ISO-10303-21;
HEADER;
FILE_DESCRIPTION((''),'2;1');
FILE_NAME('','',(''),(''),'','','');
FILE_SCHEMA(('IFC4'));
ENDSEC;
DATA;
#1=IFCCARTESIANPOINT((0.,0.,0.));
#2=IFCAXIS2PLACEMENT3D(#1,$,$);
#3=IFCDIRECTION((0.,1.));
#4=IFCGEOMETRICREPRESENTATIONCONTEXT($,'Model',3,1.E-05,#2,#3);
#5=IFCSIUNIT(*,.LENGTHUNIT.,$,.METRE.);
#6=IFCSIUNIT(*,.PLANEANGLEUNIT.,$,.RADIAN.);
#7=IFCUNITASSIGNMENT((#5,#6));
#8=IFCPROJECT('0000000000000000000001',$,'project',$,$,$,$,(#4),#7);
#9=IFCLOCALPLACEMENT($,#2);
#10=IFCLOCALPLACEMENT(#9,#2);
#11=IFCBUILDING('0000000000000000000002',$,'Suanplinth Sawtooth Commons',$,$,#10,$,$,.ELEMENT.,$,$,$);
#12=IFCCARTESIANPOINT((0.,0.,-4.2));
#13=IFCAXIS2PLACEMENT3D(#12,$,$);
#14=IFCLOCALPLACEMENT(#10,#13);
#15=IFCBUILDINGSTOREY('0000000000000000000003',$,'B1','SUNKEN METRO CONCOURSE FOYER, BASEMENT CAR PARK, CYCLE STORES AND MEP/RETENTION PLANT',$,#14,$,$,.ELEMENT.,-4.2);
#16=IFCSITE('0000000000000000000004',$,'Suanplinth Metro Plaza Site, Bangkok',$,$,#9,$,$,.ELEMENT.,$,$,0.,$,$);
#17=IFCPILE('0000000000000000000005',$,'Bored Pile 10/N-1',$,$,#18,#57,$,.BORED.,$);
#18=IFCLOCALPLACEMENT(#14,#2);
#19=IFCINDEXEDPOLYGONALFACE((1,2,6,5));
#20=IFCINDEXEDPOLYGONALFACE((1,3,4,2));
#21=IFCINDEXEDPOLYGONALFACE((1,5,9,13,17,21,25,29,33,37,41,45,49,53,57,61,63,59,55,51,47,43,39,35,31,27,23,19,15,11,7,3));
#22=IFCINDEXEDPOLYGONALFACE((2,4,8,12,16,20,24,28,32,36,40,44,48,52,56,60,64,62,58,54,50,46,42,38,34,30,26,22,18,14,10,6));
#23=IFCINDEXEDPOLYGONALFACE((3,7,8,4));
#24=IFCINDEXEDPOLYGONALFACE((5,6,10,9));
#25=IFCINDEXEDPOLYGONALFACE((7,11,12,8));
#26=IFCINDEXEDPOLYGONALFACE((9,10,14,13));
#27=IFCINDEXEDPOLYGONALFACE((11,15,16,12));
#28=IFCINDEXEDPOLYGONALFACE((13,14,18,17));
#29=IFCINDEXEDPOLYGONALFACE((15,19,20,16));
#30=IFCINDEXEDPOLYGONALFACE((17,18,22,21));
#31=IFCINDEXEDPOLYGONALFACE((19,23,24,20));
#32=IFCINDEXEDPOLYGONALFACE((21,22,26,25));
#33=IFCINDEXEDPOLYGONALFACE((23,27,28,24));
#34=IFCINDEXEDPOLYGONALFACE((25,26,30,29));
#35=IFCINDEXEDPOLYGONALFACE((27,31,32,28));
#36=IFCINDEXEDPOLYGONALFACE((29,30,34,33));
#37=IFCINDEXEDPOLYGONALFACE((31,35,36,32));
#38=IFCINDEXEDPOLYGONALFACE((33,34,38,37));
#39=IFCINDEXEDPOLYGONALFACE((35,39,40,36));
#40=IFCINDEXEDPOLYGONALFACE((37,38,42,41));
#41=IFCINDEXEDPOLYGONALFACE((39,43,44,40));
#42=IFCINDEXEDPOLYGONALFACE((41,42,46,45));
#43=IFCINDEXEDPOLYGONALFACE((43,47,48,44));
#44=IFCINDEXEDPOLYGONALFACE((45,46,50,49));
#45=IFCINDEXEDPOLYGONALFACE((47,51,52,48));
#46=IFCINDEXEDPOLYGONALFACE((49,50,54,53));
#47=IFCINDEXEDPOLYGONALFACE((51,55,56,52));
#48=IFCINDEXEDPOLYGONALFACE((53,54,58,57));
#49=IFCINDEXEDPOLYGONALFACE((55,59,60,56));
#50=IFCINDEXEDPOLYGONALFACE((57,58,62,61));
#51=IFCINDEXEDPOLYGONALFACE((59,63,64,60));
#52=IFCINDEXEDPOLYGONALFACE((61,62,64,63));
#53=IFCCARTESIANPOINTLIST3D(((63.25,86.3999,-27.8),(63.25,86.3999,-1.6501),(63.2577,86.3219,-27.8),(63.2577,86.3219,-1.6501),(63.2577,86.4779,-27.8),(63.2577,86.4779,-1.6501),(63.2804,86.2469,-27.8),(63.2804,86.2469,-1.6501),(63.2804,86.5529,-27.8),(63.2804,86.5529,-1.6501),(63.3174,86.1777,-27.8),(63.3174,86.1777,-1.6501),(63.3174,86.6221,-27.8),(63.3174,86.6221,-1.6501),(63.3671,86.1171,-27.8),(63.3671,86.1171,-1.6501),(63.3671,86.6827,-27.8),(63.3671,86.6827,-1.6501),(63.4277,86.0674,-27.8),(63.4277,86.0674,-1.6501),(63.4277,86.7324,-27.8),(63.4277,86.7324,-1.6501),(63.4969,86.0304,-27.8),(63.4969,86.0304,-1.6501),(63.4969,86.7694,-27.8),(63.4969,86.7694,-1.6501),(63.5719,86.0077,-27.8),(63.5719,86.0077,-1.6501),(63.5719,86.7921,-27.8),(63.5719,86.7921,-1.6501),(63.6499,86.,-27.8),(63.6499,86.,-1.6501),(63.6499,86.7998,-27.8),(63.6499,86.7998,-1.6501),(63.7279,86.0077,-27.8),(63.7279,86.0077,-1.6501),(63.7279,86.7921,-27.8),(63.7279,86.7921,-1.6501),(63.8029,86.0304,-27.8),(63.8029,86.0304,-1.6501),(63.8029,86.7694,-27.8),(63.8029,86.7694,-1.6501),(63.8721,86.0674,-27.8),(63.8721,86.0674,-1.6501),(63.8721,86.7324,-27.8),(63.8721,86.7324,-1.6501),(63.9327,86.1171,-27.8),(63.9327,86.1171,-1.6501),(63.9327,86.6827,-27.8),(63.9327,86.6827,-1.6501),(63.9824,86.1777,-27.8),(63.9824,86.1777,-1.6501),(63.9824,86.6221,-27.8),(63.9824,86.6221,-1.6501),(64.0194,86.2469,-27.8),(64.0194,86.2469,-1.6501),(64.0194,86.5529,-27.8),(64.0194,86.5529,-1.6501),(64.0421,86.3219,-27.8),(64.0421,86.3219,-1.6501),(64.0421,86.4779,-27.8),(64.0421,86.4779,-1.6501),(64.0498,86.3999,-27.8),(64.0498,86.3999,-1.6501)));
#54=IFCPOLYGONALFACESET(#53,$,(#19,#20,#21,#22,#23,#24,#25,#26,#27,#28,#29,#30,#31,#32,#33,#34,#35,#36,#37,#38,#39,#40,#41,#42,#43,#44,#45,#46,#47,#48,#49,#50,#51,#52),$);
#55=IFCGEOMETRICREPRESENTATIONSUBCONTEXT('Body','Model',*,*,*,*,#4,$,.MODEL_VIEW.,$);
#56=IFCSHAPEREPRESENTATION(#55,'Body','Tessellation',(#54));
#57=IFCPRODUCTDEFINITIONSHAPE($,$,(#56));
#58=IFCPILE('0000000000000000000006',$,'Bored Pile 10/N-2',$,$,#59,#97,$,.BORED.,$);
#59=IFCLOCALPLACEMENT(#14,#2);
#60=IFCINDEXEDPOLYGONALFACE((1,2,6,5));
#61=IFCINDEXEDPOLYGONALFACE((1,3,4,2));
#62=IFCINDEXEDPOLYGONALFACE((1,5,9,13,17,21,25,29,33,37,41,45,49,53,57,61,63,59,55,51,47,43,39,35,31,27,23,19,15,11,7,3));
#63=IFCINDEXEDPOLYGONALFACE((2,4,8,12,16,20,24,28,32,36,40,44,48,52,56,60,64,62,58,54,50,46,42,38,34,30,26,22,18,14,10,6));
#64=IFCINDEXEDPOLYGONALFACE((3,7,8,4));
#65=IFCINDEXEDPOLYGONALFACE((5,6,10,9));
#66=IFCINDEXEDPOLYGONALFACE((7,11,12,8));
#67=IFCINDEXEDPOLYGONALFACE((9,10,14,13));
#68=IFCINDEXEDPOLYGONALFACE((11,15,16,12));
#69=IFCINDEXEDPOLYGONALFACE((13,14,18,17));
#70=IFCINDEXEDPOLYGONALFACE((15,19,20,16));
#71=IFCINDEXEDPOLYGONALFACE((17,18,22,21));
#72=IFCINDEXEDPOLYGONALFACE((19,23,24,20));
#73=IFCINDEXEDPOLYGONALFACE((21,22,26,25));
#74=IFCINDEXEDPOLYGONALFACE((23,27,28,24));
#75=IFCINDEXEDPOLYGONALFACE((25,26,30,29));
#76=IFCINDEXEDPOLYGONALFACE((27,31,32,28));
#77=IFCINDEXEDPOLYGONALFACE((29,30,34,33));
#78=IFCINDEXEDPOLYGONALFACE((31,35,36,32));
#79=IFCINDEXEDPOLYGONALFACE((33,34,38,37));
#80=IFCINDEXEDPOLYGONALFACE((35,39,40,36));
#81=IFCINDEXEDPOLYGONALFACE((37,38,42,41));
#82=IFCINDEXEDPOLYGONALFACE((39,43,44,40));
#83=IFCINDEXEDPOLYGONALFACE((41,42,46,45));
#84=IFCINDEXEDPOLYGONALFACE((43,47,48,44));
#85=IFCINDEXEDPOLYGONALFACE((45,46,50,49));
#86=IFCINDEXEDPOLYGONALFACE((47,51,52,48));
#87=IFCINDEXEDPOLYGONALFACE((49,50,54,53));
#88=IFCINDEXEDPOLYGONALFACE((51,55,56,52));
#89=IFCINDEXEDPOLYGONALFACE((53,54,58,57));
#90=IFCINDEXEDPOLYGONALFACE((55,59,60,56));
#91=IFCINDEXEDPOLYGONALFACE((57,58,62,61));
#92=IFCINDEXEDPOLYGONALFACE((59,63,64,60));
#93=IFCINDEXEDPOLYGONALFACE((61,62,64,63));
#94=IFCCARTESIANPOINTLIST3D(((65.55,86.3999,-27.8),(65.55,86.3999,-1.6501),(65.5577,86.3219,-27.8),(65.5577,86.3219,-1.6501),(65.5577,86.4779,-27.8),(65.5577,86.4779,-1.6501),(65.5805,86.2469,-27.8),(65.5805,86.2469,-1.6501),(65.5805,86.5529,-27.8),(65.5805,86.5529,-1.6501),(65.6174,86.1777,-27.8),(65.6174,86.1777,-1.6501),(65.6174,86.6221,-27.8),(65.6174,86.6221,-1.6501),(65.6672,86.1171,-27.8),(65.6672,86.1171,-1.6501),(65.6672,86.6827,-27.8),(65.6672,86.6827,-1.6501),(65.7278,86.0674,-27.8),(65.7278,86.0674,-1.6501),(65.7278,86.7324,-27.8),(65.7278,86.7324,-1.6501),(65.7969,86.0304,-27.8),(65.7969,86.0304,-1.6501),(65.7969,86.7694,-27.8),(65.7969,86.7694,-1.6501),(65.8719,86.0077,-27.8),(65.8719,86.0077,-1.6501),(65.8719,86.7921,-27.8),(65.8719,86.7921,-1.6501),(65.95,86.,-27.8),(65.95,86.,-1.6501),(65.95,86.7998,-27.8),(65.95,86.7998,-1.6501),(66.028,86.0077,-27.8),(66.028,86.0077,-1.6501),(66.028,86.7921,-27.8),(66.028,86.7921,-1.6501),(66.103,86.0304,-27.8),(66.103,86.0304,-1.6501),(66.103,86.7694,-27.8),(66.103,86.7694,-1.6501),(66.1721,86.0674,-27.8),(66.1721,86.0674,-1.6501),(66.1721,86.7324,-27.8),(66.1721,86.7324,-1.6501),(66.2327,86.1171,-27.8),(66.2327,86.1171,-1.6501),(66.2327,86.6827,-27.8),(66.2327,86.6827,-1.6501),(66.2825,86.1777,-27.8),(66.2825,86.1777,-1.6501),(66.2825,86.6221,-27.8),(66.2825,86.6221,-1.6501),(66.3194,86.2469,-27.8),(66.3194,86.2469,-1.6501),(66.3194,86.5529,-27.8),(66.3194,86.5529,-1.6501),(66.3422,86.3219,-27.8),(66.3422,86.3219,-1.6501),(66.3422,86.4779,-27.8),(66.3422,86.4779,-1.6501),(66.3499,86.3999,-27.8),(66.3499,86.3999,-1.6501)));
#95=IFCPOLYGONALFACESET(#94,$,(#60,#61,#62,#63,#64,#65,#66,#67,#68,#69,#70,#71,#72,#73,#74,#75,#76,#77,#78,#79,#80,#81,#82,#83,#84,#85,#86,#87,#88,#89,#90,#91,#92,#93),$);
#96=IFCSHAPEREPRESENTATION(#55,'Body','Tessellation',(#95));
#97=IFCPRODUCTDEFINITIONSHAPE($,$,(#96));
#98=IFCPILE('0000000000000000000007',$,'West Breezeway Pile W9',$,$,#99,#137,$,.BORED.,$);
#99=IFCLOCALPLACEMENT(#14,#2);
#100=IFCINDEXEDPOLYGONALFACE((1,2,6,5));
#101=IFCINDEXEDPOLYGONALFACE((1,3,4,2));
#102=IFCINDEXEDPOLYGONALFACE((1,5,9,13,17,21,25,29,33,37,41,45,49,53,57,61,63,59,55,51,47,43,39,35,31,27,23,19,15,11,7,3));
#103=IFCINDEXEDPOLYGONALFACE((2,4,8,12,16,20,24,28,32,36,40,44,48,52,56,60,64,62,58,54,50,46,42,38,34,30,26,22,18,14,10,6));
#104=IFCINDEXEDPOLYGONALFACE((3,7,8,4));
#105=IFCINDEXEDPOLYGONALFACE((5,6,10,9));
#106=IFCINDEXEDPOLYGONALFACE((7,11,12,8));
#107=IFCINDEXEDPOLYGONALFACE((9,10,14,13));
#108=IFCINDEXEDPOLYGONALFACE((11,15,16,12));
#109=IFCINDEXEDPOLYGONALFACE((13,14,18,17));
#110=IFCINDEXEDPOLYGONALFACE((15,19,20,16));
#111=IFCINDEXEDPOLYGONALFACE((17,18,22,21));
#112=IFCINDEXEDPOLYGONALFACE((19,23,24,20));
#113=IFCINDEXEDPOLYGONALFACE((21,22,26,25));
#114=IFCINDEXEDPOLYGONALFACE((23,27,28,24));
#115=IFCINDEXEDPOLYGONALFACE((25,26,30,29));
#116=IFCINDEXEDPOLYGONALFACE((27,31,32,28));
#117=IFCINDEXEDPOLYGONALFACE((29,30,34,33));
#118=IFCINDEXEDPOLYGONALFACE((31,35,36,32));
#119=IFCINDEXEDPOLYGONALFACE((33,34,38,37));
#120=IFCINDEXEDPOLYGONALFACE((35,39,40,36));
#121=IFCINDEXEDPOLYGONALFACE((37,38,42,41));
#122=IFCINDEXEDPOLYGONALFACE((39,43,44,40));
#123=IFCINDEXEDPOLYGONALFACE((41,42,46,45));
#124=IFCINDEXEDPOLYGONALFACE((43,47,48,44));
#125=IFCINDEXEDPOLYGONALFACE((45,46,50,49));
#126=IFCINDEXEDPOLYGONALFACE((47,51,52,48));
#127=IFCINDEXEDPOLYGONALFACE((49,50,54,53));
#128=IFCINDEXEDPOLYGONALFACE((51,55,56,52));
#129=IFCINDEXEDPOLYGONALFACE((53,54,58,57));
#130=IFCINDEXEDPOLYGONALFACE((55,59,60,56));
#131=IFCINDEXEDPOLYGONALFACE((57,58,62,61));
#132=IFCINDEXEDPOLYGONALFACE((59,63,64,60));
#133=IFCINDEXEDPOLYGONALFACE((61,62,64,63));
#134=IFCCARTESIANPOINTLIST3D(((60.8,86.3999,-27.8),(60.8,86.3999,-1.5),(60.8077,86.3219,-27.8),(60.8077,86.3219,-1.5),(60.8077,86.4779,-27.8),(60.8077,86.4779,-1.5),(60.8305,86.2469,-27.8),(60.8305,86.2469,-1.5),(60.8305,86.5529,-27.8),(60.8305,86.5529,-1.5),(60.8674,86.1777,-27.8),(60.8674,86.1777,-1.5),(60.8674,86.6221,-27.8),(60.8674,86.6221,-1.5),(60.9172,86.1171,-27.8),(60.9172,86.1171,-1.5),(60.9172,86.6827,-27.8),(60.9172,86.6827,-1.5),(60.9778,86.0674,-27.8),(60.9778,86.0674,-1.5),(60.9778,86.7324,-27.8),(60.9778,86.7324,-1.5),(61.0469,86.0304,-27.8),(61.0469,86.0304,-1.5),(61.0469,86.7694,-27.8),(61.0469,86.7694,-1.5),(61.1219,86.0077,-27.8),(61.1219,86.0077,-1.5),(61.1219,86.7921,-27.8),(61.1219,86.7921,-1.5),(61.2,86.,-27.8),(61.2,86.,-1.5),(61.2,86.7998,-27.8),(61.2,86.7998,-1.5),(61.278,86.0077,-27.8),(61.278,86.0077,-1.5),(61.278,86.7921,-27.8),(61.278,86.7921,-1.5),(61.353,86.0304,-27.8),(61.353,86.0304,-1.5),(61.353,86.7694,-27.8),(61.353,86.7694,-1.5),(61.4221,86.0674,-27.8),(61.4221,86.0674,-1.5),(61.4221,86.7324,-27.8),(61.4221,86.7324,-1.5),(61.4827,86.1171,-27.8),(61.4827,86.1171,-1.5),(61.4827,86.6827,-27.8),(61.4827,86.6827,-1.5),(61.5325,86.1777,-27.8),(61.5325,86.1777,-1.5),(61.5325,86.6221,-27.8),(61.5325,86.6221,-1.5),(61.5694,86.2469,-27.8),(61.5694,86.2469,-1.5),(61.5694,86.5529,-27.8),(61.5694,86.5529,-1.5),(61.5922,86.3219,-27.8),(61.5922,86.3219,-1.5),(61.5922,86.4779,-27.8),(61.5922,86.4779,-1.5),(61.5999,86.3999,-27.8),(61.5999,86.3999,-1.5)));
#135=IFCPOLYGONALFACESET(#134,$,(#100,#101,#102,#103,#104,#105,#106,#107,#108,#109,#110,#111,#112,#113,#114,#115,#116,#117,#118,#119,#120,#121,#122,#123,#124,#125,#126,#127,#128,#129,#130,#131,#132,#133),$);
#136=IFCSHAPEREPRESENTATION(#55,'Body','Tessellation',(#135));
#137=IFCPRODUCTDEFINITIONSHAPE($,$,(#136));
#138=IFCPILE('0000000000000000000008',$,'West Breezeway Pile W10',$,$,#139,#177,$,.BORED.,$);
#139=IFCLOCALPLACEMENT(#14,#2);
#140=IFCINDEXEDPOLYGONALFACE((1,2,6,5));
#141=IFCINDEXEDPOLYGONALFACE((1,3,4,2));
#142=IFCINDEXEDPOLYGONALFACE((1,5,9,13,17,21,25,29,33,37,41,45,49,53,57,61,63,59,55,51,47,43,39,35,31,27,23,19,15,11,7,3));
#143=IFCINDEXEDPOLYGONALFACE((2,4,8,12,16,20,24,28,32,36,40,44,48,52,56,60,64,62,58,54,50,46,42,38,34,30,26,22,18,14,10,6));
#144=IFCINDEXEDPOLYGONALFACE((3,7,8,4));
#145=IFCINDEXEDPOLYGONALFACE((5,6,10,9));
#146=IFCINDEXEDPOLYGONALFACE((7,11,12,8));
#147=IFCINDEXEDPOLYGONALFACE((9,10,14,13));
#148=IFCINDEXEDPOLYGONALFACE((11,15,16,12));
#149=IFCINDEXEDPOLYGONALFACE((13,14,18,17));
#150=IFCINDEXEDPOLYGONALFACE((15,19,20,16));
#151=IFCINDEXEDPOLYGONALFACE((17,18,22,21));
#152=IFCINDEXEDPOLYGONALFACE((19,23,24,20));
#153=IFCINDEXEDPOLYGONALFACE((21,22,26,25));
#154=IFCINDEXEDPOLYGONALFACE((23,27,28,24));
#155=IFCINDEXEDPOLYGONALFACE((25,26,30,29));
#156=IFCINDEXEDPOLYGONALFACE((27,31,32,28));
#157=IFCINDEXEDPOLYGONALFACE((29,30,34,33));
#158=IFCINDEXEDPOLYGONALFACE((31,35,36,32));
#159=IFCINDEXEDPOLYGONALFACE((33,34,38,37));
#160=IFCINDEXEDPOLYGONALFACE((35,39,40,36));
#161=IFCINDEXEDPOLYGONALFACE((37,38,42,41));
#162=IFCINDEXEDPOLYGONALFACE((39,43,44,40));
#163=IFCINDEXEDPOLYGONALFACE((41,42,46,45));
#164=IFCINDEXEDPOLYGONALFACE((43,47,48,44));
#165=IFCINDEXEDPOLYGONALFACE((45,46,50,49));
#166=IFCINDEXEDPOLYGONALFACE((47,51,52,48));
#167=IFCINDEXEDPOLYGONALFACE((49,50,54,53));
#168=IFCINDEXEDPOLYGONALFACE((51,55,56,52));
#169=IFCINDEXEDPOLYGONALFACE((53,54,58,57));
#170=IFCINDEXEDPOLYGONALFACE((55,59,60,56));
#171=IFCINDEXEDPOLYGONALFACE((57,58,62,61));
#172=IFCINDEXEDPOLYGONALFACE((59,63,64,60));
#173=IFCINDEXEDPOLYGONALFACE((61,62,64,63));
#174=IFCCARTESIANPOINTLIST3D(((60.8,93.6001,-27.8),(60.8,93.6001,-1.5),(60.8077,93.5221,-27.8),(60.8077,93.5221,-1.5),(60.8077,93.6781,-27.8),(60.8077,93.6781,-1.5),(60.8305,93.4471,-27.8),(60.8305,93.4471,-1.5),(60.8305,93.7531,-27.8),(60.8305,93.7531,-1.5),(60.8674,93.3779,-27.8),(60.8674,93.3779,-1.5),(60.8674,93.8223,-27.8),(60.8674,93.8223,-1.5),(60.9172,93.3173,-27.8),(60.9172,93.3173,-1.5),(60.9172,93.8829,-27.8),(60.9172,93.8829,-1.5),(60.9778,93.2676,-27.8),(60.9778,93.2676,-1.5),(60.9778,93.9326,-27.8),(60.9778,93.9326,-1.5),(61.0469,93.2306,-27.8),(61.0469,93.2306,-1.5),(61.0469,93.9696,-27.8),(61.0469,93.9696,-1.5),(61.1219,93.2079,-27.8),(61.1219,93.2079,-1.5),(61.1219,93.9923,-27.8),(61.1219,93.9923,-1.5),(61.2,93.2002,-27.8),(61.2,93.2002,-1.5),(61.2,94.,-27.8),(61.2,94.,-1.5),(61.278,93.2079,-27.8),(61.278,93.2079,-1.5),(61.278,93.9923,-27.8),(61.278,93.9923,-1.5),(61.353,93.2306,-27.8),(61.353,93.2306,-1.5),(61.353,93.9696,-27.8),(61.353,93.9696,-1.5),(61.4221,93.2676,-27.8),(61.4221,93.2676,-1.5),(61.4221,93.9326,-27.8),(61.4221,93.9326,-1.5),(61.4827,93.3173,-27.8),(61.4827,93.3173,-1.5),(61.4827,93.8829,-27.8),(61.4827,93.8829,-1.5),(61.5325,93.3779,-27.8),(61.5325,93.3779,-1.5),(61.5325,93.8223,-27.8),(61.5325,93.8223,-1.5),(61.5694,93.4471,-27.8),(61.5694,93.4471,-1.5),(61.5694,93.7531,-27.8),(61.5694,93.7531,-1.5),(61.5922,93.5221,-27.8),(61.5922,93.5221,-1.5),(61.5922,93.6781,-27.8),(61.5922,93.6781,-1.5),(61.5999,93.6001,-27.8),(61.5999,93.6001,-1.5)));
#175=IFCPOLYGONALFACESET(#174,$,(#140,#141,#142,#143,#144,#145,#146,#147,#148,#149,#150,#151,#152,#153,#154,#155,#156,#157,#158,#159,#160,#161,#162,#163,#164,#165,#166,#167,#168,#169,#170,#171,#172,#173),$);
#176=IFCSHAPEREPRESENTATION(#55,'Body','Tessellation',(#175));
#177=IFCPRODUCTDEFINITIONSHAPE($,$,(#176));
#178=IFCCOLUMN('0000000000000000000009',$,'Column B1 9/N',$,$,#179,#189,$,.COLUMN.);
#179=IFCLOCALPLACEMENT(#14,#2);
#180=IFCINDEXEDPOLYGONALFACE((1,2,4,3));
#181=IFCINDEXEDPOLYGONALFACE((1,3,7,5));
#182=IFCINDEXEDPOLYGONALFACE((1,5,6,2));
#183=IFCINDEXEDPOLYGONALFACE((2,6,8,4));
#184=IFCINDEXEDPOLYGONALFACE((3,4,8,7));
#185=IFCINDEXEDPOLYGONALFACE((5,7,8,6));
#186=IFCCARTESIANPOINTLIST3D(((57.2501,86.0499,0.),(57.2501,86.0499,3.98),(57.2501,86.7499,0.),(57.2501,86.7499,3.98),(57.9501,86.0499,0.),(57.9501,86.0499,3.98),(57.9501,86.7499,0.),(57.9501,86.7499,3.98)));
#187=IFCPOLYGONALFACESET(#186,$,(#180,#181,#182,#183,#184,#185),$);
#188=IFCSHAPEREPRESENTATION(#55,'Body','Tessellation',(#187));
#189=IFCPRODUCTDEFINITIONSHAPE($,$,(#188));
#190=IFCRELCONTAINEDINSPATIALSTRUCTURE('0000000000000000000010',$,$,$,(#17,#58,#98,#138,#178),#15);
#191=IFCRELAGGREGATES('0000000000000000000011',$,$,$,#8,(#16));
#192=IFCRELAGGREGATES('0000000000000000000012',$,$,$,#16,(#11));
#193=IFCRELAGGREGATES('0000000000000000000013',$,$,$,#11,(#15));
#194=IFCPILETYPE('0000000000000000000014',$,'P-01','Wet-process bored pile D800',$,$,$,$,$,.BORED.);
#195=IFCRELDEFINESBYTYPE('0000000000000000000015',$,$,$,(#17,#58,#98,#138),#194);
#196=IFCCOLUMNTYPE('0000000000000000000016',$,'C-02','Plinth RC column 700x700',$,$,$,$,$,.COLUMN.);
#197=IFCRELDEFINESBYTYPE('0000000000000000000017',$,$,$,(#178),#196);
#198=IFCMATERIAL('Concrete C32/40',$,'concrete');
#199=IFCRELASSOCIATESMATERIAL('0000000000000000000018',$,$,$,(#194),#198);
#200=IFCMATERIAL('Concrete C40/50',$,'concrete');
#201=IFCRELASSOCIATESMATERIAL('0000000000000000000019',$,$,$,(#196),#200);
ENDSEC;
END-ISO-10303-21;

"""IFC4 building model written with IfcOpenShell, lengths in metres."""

from ifc_helpers import new_model, si_unit, direction, frame, origin, origin_2d, place, context, subcontext, project, spatial, rectangle, circle, extrude, material, material_profile, profile_set, type_object, element, save


model = new_model("IFC4")

# Units and contexts
model_context = context("Model", 3, precision=1e-05, world=origin(), true_north=direction((0.0, 1.0)))
body_context = subcontext(model_context, "Body", "Model", "MODEL_VIEW")
ifc_project = project(units=[si_unit("LENGTHUNIT", "METRE"), si_unit("PLANEANGLEUNIT", "RADIAN")], contexts=[model_context])

# Site, building, storey
site_placement = place(None, origin())
site = spatial("IfcSite", under=ifc_project, at=site_placement, Name="Suanplinth Metro Plaza Site, Bangkok", CompositionType="ELEMENT", RefElevation=0.0)
building_placement = place(site_placement, origin())
building = spatial("IfcBuilding", under=site, at=building_placement, Name="Suanplinth Sawtooth Commons", CompositionType="ELEMENT")
storey_placement = place(building_placement, frame((0.0, 0.0, -4.2)))
storey = spatial("IfcBuildingStorey", under=building, at=storey_placement, Name="B1", Description="SUNKEN METRO CONCOURSE FOYER, BASEMENT CAR PARK, CYCLE STORES AND MEP/RETENTION PLANT", CompositionType="ELEMENT", Elevation=-4.2)

# Piles
ifc_material_1 = material(Name="Concrete C32/40", Category="concrete")
ifc_material_profile_1 = material_profile(ifc_material_1, circle(Radius=0.3999, at=origin_2d()), Name="PILE D800")
ifc_profile_set_1 = profile_set([ifc_material_profile_1], Name="Concrete C32/40")
pile_type = type_object("IfcPileType", Name="P-01", Description="Wet-process bored pile D800", PredefinedType="BORED", material=ifc_profile_set_1)
for number, where, z_axis, x_axis, name in (
    (1, (63.6499, 86.3999, -1.6501), (0.0, 0.0, -1.0), (1.0, 0.0, 0.0), "Bored Pile 10/N-1"),
    (2, (65.95, 86.3999, -1.6501), (0.0, 0.0, -1.0), (1.0, 0.0, 0.0), "Bored Pile 10/N-2"),
):
    element("IfcPile", number, at=place(storey_placement, frame(where, z_axis=z_axis, x_axis=x_axis)), inside=storey, type_object=pile_type, Name=name, PredefinedType="BORED", context=body_context, shape_type="SweptSolid", body=[
        extrude(circle(Radius=0.3999, at=origin_2d()), origin(), (0.0, 0.0, 1.0), 26.1499),
    ])
for number, where, z_axis, x_axis, name in (
    (3, (61.2, 86.3999, -1.5), (0.0, 0.0, -1.0), (1.0, 0.0, 0.0), "West Breezeway Pile W9"),
    (4, (61.2, 93.6001, -1.5), (0.0, 0.0, -1.0), (1.0, 0.0, 0.0), "West Breezeway Pile W10"),
):
    element("IfcPile", number, at=place(storey_placement, frame(where, z_axis=z_axis, x_axis=x_axis)), inside=storey, type_object=pile_type, Name=name, PredefinedType="BORED", context=body_context, shape_type="SweptSolid", body=[
        extrude(circle(Radius=0.3999, at=origin_2d()), origin(), (0.0, 0.0, 1.0), 26.3),
    ])

# Column
ifc_material_2 = material(Name="Concrete C40/50", Category="concrete")
ifc_material_profile_2 = material_profile(ifc_material_2, rectangle(XDim=0.7, YDim=0.7, at=origin_2d()), Name="RC-COL 700x700")
ifc_profile_set_2 = profile_set([ifc_material_profile_2], Name="Concrete C40/50")
column_type_1 = type_object("IfcColumnType", Name="C-02", Description="Plinth RC column 700x700", PredefinedType="COLUMN", material=ifc_profile_set_2)
column_1_placement = place(storey_placement, frame((57.6001, 86.3999, 0.0), z_axis=(0.0, 0.0, 1.0), x_axis=(1.0, 0.0, 0.0)))
element("IfcColumn", 5, at=column_1_placement, inside=storey, type_object=column_type_1, Name="Column B1 9/N", PredefinedType="COLUMN", context=body_context, shape_type="SweptSolid", body=[
    extrude(rectangle(XDim=0.7, YDim=0.7, at=origin_2d()), origin(), (0.0, 0.0, 1.0), 3.98),
])

save(model, "model.ifc")
